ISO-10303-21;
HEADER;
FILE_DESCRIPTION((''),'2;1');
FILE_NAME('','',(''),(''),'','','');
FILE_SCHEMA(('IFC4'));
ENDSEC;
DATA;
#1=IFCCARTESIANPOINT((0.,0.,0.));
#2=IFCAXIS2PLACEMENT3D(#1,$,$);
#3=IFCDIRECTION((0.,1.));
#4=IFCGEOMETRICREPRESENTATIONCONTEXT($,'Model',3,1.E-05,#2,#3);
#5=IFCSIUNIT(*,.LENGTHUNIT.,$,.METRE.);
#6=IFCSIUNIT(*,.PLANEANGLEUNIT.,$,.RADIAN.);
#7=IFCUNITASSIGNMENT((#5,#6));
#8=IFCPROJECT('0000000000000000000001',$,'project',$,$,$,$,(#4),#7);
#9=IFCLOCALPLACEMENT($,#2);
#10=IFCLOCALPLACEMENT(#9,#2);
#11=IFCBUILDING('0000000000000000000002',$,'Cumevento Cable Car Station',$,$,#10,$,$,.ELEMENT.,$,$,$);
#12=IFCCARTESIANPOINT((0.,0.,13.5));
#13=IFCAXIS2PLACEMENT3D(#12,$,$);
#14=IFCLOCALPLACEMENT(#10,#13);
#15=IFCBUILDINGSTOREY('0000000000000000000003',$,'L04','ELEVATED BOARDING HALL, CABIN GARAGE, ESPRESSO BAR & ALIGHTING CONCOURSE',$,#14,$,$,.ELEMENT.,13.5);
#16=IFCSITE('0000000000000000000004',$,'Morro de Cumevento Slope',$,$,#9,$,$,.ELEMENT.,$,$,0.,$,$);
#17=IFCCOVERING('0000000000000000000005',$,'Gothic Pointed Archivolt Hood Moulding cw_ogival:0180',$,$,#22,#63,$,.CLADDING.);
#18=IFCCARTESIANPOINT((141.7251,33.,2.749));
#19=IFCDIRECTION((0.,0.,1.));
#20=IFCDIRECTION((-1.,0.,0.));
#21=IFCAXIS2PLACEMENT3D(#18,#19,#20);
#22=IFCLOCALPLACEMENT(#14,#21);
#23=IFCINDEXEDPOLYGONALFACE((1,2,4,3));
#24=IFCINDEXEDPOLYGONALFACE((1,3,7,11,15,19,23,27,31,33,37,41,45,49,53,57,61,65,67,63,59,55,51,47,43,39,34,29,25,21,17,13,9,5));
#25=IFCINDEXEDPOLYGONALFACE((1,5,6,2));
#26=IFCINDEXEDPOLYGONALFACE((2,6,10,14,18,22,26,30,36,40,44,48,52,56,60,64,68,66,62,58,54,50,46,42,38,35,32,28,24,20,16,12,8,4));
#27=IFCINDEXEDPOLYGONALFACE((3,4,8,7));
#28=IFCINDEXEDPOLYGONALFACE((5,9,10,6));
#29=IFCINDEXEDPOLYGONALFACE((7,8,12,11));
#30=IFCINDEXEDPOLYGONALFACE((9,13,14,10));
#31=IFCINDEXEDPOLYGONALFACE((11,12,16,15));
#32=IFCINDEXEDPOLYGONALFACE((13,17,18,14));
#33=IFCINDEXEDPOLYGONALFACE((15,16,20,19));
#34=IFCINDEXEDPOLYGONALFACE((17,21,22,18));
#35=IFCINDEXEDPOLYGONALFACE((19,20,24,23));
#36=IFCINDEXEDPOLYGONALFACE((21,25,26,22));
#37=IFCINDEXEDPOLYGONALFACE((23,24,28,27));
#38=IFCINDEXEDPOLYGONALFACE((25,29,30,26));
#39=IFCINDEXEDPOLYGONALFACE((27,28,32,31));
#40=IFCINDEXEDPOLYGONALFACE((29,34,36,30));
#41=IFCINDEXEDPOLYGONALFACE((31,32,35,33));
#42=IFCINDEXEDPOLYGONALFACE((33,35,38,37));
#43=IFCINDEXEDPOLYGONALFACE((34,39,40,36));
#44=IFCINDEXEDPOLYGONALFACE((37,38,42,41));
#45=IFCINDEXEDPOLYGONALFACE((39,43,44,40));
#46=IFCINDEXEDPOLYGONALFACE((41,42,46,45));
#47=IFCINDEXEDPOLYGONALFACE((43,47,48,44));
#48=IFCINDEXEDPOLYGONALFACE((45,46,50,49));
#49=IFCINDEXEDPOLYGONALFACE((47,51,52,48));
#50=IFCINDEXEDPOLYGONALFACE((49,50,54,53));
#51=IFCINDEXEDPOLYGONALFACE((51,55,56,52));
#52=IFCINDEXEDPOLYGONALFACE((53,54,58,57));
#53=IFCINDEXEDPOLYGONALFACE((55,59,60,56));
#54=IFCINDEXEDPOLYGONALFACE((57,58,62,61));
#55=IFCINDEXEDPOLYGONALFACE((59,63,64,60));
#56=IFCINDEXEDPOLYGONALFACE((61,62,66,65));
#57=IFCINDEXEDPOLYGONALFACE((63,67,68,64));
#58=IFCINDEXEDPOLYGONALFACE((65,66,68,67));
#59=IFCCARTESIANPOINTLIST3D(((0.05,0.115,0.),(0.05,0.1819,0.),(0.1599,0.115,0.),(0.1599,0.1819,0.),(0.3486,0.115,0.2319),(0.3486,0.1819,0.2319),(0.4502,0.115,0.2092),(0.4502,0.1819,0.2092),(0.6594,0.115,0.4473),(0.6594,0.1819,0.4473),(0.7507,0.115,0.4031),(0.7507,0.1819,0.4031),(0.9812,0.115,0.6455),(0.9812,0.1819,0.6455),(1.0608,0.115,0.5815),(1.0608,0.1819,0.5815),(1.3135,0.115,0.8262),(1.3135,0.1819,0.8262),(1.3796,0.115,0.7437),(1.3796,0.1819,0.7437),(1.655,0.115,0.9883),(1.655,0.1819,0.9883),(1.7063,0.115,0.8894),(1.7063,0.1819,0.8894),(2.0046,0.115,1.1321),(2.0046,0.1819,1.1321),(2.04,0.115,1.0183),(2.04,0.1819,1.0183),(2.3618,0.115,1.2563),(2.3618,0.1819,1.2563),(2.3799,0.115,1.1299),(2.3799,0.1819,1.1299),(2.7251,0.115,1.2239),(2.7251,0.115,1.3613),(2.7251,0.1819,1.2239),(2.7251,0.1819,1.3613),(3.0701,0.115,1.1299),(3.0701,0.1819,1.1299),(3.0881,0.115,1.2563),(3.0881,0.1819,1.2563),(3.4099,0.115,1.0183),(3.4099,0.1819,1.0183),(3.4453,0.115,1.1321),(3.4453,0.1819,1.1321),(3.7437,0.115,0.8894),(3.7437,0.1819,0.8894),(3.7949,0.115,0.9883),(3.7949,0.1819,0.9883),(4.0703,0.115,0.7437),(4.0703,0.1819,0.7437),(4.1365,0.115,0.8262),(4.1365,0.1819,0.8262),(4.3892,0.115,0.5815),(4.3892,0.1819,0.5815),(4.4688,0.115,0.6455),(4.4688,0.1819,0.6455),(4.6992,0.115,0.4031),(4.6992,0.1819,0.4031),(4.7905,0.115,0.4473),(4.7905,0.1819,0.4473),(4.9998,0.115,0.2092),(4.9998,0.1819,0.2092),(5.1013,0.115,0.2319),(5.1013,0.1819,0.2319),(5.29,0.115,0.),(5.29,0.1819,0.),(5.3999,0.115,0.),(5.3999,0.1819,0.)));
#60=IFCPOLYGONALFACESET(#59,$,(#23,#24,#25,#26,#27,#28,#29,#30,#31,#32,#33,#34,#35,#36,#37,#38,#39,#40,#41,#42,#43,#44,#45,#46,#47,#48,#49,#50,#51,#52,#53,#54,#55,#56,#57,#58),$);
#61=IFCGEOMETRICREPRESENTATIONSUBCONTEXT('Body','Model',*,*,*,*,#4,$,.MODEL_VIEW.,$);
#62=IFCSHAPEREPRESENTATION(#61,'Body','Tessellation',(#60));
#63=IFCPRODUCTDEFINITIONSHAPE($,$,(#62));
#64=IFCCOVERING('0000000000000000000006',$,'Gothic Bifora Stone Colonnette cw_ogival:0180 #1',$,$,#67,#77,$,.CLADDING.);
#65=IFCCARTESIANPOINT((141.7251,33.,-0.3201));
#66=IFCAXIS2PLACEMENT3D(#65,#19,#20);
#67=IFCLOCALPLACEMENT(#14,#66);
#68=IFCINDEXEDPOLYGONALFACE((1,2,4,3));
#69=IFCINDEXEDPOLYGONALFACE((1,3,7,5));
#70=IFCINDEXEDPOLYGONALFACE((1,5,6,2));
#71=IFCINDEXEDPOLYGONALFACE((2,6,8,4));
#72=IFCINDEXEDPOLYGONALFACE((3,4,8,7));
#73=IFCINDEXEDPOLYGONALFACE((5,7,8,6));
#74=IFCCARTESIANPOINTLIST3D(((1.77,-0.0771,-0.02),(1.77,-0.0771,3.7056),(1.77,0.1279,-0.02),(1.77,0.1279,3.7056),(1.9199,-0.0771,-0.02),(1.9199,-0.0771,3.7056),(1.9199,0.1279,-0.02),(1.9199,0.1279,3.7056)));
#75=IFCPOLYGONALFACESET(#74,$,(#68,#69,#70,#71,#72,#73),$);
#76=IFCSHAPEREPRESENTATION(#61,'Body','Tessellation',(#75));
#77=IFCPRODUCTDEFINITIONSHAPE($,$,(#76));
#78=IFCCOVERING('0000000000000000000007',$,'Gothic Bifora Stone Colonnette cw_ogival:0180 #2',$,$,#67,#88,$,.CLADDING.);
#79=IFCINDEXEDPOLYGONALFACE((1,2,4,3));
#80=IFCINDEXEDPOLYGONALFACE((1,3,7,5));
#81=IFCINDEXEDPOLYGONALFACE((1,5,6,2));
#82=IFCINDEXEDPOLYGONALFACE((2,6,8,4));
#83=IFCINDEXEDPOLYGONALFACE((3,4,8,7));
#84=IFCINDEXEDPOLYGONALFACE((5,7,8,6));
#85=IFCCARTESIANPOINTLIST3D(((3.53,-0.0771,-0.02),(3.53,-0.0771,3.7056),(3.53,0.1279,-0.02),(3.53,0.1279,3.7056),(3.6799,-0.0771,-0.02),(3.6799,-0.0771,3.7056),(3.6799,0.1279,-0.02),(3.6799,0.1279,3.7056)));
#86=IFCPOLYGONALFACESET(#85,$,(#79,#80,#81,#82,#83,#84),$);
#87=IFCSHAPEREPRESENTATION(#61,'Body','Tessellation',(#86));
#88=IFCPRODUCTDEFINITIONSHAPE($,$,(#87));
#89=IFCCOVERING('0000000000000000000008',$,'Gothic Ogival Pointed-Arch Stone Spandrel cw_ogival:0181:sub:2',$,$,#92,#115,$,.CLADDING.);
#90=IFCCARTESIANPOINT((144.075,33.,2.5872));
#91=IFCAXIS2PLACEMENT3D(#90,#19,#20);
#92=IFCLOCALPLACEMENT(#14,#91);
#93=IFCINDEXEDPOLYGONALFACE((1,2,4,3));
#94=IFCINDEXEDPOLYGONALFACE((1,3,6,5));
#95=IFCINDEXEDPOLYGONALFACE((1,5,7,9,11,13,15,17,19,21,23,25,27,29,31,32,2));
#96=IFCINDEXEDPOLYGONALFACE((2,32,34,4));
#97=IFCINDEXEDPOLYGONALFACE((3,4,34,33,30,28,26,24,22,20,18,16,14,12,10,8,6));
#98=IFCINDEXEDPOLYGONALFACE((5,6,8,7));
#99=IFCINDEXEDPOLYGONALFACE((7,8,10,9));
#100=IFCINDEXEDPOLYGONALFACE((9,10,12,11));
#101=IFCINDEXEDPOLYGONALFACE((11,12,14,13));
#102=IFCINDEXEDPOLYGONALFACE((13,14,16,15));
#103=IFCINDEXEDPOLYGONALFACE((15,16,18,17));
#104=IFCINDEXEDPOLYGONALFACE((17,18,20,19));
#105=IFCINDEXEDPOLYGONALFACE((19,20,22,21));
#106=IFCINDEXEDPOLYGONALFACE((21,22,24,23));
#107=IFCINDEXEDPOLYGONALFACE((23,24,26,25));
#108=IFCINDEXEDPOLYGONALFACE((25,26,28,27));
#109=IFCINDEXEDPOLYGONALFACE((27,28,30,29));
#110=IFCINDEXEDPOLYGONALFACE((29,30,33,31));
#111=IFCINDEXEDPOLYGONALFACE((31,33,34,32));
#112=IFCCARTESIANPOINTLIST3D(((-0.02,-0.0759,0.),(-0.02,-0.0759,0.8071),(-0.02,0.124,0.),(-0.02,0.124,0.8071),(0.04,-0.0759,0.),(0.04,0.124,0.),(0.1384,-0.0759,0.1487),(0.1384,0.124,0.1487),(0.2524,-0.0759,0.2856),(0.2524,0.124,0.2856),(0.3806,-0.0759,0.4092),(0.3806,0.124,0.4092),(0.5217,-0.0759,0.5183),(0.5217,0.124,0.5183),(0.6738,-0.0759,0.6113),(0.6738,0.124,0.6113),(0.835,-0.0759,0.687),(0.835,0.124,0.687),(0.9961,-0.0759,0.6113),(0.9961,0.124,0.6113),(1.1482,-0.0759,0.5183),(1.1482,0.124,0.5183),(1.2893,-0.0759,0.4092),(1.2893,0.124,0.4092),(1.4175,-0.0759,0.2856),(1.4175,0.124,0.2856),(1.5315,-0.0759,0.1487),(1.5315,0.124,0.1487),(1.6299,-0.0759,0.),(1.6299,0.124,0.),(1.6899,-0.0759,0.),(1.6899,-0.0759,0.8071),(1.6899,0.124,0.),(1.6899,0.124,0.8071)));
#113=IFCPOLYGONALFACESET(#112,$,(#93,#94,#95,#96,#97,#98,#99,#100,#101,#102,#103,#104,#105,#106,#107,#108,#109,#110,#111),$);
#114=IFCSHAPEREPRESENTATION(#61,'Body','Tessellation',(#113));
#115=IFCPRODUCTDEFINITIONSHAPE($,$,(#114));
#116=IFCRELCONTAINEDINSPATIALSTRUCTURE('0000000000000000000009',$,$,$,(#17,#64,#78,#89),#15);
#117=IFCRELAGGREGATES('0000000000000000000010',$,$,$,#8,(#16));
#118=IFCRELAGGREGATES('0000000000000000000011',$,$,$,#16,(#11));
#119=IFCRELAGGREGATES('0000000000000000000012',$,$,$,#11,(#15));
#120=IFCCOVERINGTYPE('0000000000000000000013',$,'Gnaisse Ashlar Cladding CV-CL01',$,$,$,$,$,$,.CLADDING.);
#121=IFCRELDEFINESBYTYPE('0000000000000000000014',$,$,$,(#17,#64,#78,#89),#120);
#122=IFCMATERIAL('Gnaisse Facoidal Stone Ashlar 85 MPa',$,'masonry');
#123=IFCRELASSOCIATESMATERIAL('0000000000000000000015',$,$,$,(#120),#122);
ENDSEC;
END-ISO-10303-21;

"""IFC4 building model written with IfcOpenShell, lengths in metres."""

from ifc_helpers import new_model, si_unit, direction, frame, origin, place, context, subcontext, project, spatial, polyline, outline, extrude, material, type_object, element, save


model = new_model("IFC4")

# Units and contexts
model_context = context("Model", 3, precision=1e-05, world=origin(), true_north=direction((0.0, 1.0)))
body_context = subcontext(model_context, "Body", "Model", "MODEL_VIEW")
ifc_project = project(units=[si_unit("LENGTHUNIT", "METRE"), si_unit("PLANEANGLEUNIT", "RADIAN")], contexts=[model_context])

# Site, building, storey
site_placement = place(None, origin())
site = spatial("IfcSite", under=ifc_project, at=site_placement, Name="Morro de Cumevento Slope", CompositionType="ELEMENT", RefElevation=0.0)
building_placement = place(site_placement, origin())
building = spatial("IfcBuilding", under=site, at=building_placement, Name="Cumevento Cable Car Station", CompositionType="ELEMENT")
storey_placement = place(building_placement, frame((0.0, 0.0, 13.5)))
storey = spatial("IfcBuildingStorey", under=building, at=storey_placement, Name="L04", Description="ELEVATED BOARDING HALL, CABIN GARAGE, ESPRESSO BAR & ALIGHTING CONCOURSE", CompositionType="ELEMENT", Elevation=13.5)

# Coverings
ifc_material_1 = material(Name="Gnaisse Facoidal Stone Ashlar 85 MPa", Category="masonry")
covering_type = type_object("IfcCoveringType", Name="Gnaisse Ashlar Cladding CV-CL01", PredefinedType="CLADDING", material=ifc_material_1)
covering_1_placement = place(storey_placement, frame((141.7251, 33.0, 2.749), z_axis=(0.0, 0.0, 1.0), x_axis=(-1.0, 0.0, 0.0)))
element("IfcCovering", 1, at=covering_1_placement, inside=storey, type_object=covering_type, Name="Gothic Pointed Archivolt Hood Moulding cw_ogival:0180", PredefinedType="CLADDING", context=body_context, shape_type="SweptSolid", body=[
    extrude(outline(polyline([(0.1599, 0.0), (0.4502, 0.2092), (0.7507, 0.4031), (1.0608, 0.5815), (1.3796, 0.7437), (1.7063, 0.8894), (2.04, 1.0183), (2.3799, 1.1299), (2.7251, 1.2239), (3.0701, 1.1299), (3.4099, 1.0183), (3.7437, 0.8894), (4.0703, 0.7437), (4.3892, 0.5815), (4.6992, 0.4031), (4.9998, 0.2092), (5.29, 0.0), (5.3999, 0.0), (5.1013, 0.2319), (4.7905, 0.4473), (4.4688, 0.6455), (4.1365, 0.8262), (3.7949, 0.9883), (3.4453, 1.1321), (3.0881, 1.2563), (2.7251, 1.3613), (2.3618, 1.2563), (2.0046, 1.1321), (1.655, 0.9883), (1.3135, 0.8262), (0.9812, 0.6455), (0.6594, 0.4473), (0.3486, 0.2319), (0.05, 0.0), (0.1599, 0.0)])), frame((0.0, 0.1819, 0.0), z_axis=(0.0, -1.0, 0.0), x_axis=(1.0, 0.0, 0.0)), (0.0, 0.0, 1.0), 0.0669),
])
placement = place(storey_placement, frame((141.7251, 33.0, -0.3201), z_axis=(0.0, 0.0, 1.0), x_axis=(-1.0, 0.0, 0.0)))
element("IfcCovering", 2, at=placement, inside=storey, type_object=covering_type, Name="Gothic Bifora Stone Colonnette cw_ogival:0180 #1", PredefinedType="CLADDING", context=body_context, shape_type="SweptSolid", body=[
    extrude(outline(polyline([(1.77, -0.02), (1.9199, -0.02), (1.9199, 3.7056), (1.77, 3.7056), (1.77, -0.02)])), frame((0.0, 0.1279, 0.0), z_axis=(0.0, -1.0, 0.0), x_axis=(1.0, 0.0, 0.0)), (0.0, 0.0, 1.0), 0.2051),
])
element("IfcCovering", 3, at=placement, inside=storey, type_object=covering_type, Name="Gothic Bifora Stone Colonnette cw_ogival:0180 #2", PredefinedType="CLADDING", context=body_context, shape_type="SweptSolid", body=[
    extrude(outline(polyline([(3.53, -0.02), (3.6799, -0.02), (3.6799, 3.7056), (3.53, 3.7056), (3.53, -0.02)])), frame((0.0, 0.1279, 0.0), z_axis=(0.0, -1.0, 0.0), x_axis=(1.0, 0.0, 0.0)), (0.0, 0.0, 1.0), 0.2051),
])
covering_2_placement = place(storey_placement, frame((144.075, 33.0, 2.5872), z_axis=(0.0, 0.0, 1.0), x_axis=(-1.0, 0.0, 0.0)))
element("IfcCovering", 4, at=covering_2_placement, inside=storey, type_object=covering_type, Name="Gothic Ogival Pointed-Arch Stone Spandrel cw_ogival:0181:sub:2", PredefinedType="CLADDING", context=body_context, shape_type="SweptSolid", body=[
    extrude(outline(polyline([(-0.02, 0.0), (-0.02, 0.8071), (1.6899, 0.8071), (1.6899, 0.0), (1.6299, 0.0), (1.5315, 0.1487), (1.4175, 0.2856), (1.2893, 0.4092), (1.1482, 0.5183), (0.9961, 0.6113), (0.835, 0.687), (0.6738, 0.6113), (0.5217, 0.5183), (0.3806, 0.4092), (0.2524, 0.2856), (0.1384, 0.1487), (0.04, 0.0), (-0.02, 0.0)])), frame((0.0, 0.124, 0.0), z_axis=(0.0, -1.0, 0.0), x_axis=(1.0, 0.0, 0.0)), (0.0, 0.0, 1.0), 0.2),
])

save(model, "model.ifc")
